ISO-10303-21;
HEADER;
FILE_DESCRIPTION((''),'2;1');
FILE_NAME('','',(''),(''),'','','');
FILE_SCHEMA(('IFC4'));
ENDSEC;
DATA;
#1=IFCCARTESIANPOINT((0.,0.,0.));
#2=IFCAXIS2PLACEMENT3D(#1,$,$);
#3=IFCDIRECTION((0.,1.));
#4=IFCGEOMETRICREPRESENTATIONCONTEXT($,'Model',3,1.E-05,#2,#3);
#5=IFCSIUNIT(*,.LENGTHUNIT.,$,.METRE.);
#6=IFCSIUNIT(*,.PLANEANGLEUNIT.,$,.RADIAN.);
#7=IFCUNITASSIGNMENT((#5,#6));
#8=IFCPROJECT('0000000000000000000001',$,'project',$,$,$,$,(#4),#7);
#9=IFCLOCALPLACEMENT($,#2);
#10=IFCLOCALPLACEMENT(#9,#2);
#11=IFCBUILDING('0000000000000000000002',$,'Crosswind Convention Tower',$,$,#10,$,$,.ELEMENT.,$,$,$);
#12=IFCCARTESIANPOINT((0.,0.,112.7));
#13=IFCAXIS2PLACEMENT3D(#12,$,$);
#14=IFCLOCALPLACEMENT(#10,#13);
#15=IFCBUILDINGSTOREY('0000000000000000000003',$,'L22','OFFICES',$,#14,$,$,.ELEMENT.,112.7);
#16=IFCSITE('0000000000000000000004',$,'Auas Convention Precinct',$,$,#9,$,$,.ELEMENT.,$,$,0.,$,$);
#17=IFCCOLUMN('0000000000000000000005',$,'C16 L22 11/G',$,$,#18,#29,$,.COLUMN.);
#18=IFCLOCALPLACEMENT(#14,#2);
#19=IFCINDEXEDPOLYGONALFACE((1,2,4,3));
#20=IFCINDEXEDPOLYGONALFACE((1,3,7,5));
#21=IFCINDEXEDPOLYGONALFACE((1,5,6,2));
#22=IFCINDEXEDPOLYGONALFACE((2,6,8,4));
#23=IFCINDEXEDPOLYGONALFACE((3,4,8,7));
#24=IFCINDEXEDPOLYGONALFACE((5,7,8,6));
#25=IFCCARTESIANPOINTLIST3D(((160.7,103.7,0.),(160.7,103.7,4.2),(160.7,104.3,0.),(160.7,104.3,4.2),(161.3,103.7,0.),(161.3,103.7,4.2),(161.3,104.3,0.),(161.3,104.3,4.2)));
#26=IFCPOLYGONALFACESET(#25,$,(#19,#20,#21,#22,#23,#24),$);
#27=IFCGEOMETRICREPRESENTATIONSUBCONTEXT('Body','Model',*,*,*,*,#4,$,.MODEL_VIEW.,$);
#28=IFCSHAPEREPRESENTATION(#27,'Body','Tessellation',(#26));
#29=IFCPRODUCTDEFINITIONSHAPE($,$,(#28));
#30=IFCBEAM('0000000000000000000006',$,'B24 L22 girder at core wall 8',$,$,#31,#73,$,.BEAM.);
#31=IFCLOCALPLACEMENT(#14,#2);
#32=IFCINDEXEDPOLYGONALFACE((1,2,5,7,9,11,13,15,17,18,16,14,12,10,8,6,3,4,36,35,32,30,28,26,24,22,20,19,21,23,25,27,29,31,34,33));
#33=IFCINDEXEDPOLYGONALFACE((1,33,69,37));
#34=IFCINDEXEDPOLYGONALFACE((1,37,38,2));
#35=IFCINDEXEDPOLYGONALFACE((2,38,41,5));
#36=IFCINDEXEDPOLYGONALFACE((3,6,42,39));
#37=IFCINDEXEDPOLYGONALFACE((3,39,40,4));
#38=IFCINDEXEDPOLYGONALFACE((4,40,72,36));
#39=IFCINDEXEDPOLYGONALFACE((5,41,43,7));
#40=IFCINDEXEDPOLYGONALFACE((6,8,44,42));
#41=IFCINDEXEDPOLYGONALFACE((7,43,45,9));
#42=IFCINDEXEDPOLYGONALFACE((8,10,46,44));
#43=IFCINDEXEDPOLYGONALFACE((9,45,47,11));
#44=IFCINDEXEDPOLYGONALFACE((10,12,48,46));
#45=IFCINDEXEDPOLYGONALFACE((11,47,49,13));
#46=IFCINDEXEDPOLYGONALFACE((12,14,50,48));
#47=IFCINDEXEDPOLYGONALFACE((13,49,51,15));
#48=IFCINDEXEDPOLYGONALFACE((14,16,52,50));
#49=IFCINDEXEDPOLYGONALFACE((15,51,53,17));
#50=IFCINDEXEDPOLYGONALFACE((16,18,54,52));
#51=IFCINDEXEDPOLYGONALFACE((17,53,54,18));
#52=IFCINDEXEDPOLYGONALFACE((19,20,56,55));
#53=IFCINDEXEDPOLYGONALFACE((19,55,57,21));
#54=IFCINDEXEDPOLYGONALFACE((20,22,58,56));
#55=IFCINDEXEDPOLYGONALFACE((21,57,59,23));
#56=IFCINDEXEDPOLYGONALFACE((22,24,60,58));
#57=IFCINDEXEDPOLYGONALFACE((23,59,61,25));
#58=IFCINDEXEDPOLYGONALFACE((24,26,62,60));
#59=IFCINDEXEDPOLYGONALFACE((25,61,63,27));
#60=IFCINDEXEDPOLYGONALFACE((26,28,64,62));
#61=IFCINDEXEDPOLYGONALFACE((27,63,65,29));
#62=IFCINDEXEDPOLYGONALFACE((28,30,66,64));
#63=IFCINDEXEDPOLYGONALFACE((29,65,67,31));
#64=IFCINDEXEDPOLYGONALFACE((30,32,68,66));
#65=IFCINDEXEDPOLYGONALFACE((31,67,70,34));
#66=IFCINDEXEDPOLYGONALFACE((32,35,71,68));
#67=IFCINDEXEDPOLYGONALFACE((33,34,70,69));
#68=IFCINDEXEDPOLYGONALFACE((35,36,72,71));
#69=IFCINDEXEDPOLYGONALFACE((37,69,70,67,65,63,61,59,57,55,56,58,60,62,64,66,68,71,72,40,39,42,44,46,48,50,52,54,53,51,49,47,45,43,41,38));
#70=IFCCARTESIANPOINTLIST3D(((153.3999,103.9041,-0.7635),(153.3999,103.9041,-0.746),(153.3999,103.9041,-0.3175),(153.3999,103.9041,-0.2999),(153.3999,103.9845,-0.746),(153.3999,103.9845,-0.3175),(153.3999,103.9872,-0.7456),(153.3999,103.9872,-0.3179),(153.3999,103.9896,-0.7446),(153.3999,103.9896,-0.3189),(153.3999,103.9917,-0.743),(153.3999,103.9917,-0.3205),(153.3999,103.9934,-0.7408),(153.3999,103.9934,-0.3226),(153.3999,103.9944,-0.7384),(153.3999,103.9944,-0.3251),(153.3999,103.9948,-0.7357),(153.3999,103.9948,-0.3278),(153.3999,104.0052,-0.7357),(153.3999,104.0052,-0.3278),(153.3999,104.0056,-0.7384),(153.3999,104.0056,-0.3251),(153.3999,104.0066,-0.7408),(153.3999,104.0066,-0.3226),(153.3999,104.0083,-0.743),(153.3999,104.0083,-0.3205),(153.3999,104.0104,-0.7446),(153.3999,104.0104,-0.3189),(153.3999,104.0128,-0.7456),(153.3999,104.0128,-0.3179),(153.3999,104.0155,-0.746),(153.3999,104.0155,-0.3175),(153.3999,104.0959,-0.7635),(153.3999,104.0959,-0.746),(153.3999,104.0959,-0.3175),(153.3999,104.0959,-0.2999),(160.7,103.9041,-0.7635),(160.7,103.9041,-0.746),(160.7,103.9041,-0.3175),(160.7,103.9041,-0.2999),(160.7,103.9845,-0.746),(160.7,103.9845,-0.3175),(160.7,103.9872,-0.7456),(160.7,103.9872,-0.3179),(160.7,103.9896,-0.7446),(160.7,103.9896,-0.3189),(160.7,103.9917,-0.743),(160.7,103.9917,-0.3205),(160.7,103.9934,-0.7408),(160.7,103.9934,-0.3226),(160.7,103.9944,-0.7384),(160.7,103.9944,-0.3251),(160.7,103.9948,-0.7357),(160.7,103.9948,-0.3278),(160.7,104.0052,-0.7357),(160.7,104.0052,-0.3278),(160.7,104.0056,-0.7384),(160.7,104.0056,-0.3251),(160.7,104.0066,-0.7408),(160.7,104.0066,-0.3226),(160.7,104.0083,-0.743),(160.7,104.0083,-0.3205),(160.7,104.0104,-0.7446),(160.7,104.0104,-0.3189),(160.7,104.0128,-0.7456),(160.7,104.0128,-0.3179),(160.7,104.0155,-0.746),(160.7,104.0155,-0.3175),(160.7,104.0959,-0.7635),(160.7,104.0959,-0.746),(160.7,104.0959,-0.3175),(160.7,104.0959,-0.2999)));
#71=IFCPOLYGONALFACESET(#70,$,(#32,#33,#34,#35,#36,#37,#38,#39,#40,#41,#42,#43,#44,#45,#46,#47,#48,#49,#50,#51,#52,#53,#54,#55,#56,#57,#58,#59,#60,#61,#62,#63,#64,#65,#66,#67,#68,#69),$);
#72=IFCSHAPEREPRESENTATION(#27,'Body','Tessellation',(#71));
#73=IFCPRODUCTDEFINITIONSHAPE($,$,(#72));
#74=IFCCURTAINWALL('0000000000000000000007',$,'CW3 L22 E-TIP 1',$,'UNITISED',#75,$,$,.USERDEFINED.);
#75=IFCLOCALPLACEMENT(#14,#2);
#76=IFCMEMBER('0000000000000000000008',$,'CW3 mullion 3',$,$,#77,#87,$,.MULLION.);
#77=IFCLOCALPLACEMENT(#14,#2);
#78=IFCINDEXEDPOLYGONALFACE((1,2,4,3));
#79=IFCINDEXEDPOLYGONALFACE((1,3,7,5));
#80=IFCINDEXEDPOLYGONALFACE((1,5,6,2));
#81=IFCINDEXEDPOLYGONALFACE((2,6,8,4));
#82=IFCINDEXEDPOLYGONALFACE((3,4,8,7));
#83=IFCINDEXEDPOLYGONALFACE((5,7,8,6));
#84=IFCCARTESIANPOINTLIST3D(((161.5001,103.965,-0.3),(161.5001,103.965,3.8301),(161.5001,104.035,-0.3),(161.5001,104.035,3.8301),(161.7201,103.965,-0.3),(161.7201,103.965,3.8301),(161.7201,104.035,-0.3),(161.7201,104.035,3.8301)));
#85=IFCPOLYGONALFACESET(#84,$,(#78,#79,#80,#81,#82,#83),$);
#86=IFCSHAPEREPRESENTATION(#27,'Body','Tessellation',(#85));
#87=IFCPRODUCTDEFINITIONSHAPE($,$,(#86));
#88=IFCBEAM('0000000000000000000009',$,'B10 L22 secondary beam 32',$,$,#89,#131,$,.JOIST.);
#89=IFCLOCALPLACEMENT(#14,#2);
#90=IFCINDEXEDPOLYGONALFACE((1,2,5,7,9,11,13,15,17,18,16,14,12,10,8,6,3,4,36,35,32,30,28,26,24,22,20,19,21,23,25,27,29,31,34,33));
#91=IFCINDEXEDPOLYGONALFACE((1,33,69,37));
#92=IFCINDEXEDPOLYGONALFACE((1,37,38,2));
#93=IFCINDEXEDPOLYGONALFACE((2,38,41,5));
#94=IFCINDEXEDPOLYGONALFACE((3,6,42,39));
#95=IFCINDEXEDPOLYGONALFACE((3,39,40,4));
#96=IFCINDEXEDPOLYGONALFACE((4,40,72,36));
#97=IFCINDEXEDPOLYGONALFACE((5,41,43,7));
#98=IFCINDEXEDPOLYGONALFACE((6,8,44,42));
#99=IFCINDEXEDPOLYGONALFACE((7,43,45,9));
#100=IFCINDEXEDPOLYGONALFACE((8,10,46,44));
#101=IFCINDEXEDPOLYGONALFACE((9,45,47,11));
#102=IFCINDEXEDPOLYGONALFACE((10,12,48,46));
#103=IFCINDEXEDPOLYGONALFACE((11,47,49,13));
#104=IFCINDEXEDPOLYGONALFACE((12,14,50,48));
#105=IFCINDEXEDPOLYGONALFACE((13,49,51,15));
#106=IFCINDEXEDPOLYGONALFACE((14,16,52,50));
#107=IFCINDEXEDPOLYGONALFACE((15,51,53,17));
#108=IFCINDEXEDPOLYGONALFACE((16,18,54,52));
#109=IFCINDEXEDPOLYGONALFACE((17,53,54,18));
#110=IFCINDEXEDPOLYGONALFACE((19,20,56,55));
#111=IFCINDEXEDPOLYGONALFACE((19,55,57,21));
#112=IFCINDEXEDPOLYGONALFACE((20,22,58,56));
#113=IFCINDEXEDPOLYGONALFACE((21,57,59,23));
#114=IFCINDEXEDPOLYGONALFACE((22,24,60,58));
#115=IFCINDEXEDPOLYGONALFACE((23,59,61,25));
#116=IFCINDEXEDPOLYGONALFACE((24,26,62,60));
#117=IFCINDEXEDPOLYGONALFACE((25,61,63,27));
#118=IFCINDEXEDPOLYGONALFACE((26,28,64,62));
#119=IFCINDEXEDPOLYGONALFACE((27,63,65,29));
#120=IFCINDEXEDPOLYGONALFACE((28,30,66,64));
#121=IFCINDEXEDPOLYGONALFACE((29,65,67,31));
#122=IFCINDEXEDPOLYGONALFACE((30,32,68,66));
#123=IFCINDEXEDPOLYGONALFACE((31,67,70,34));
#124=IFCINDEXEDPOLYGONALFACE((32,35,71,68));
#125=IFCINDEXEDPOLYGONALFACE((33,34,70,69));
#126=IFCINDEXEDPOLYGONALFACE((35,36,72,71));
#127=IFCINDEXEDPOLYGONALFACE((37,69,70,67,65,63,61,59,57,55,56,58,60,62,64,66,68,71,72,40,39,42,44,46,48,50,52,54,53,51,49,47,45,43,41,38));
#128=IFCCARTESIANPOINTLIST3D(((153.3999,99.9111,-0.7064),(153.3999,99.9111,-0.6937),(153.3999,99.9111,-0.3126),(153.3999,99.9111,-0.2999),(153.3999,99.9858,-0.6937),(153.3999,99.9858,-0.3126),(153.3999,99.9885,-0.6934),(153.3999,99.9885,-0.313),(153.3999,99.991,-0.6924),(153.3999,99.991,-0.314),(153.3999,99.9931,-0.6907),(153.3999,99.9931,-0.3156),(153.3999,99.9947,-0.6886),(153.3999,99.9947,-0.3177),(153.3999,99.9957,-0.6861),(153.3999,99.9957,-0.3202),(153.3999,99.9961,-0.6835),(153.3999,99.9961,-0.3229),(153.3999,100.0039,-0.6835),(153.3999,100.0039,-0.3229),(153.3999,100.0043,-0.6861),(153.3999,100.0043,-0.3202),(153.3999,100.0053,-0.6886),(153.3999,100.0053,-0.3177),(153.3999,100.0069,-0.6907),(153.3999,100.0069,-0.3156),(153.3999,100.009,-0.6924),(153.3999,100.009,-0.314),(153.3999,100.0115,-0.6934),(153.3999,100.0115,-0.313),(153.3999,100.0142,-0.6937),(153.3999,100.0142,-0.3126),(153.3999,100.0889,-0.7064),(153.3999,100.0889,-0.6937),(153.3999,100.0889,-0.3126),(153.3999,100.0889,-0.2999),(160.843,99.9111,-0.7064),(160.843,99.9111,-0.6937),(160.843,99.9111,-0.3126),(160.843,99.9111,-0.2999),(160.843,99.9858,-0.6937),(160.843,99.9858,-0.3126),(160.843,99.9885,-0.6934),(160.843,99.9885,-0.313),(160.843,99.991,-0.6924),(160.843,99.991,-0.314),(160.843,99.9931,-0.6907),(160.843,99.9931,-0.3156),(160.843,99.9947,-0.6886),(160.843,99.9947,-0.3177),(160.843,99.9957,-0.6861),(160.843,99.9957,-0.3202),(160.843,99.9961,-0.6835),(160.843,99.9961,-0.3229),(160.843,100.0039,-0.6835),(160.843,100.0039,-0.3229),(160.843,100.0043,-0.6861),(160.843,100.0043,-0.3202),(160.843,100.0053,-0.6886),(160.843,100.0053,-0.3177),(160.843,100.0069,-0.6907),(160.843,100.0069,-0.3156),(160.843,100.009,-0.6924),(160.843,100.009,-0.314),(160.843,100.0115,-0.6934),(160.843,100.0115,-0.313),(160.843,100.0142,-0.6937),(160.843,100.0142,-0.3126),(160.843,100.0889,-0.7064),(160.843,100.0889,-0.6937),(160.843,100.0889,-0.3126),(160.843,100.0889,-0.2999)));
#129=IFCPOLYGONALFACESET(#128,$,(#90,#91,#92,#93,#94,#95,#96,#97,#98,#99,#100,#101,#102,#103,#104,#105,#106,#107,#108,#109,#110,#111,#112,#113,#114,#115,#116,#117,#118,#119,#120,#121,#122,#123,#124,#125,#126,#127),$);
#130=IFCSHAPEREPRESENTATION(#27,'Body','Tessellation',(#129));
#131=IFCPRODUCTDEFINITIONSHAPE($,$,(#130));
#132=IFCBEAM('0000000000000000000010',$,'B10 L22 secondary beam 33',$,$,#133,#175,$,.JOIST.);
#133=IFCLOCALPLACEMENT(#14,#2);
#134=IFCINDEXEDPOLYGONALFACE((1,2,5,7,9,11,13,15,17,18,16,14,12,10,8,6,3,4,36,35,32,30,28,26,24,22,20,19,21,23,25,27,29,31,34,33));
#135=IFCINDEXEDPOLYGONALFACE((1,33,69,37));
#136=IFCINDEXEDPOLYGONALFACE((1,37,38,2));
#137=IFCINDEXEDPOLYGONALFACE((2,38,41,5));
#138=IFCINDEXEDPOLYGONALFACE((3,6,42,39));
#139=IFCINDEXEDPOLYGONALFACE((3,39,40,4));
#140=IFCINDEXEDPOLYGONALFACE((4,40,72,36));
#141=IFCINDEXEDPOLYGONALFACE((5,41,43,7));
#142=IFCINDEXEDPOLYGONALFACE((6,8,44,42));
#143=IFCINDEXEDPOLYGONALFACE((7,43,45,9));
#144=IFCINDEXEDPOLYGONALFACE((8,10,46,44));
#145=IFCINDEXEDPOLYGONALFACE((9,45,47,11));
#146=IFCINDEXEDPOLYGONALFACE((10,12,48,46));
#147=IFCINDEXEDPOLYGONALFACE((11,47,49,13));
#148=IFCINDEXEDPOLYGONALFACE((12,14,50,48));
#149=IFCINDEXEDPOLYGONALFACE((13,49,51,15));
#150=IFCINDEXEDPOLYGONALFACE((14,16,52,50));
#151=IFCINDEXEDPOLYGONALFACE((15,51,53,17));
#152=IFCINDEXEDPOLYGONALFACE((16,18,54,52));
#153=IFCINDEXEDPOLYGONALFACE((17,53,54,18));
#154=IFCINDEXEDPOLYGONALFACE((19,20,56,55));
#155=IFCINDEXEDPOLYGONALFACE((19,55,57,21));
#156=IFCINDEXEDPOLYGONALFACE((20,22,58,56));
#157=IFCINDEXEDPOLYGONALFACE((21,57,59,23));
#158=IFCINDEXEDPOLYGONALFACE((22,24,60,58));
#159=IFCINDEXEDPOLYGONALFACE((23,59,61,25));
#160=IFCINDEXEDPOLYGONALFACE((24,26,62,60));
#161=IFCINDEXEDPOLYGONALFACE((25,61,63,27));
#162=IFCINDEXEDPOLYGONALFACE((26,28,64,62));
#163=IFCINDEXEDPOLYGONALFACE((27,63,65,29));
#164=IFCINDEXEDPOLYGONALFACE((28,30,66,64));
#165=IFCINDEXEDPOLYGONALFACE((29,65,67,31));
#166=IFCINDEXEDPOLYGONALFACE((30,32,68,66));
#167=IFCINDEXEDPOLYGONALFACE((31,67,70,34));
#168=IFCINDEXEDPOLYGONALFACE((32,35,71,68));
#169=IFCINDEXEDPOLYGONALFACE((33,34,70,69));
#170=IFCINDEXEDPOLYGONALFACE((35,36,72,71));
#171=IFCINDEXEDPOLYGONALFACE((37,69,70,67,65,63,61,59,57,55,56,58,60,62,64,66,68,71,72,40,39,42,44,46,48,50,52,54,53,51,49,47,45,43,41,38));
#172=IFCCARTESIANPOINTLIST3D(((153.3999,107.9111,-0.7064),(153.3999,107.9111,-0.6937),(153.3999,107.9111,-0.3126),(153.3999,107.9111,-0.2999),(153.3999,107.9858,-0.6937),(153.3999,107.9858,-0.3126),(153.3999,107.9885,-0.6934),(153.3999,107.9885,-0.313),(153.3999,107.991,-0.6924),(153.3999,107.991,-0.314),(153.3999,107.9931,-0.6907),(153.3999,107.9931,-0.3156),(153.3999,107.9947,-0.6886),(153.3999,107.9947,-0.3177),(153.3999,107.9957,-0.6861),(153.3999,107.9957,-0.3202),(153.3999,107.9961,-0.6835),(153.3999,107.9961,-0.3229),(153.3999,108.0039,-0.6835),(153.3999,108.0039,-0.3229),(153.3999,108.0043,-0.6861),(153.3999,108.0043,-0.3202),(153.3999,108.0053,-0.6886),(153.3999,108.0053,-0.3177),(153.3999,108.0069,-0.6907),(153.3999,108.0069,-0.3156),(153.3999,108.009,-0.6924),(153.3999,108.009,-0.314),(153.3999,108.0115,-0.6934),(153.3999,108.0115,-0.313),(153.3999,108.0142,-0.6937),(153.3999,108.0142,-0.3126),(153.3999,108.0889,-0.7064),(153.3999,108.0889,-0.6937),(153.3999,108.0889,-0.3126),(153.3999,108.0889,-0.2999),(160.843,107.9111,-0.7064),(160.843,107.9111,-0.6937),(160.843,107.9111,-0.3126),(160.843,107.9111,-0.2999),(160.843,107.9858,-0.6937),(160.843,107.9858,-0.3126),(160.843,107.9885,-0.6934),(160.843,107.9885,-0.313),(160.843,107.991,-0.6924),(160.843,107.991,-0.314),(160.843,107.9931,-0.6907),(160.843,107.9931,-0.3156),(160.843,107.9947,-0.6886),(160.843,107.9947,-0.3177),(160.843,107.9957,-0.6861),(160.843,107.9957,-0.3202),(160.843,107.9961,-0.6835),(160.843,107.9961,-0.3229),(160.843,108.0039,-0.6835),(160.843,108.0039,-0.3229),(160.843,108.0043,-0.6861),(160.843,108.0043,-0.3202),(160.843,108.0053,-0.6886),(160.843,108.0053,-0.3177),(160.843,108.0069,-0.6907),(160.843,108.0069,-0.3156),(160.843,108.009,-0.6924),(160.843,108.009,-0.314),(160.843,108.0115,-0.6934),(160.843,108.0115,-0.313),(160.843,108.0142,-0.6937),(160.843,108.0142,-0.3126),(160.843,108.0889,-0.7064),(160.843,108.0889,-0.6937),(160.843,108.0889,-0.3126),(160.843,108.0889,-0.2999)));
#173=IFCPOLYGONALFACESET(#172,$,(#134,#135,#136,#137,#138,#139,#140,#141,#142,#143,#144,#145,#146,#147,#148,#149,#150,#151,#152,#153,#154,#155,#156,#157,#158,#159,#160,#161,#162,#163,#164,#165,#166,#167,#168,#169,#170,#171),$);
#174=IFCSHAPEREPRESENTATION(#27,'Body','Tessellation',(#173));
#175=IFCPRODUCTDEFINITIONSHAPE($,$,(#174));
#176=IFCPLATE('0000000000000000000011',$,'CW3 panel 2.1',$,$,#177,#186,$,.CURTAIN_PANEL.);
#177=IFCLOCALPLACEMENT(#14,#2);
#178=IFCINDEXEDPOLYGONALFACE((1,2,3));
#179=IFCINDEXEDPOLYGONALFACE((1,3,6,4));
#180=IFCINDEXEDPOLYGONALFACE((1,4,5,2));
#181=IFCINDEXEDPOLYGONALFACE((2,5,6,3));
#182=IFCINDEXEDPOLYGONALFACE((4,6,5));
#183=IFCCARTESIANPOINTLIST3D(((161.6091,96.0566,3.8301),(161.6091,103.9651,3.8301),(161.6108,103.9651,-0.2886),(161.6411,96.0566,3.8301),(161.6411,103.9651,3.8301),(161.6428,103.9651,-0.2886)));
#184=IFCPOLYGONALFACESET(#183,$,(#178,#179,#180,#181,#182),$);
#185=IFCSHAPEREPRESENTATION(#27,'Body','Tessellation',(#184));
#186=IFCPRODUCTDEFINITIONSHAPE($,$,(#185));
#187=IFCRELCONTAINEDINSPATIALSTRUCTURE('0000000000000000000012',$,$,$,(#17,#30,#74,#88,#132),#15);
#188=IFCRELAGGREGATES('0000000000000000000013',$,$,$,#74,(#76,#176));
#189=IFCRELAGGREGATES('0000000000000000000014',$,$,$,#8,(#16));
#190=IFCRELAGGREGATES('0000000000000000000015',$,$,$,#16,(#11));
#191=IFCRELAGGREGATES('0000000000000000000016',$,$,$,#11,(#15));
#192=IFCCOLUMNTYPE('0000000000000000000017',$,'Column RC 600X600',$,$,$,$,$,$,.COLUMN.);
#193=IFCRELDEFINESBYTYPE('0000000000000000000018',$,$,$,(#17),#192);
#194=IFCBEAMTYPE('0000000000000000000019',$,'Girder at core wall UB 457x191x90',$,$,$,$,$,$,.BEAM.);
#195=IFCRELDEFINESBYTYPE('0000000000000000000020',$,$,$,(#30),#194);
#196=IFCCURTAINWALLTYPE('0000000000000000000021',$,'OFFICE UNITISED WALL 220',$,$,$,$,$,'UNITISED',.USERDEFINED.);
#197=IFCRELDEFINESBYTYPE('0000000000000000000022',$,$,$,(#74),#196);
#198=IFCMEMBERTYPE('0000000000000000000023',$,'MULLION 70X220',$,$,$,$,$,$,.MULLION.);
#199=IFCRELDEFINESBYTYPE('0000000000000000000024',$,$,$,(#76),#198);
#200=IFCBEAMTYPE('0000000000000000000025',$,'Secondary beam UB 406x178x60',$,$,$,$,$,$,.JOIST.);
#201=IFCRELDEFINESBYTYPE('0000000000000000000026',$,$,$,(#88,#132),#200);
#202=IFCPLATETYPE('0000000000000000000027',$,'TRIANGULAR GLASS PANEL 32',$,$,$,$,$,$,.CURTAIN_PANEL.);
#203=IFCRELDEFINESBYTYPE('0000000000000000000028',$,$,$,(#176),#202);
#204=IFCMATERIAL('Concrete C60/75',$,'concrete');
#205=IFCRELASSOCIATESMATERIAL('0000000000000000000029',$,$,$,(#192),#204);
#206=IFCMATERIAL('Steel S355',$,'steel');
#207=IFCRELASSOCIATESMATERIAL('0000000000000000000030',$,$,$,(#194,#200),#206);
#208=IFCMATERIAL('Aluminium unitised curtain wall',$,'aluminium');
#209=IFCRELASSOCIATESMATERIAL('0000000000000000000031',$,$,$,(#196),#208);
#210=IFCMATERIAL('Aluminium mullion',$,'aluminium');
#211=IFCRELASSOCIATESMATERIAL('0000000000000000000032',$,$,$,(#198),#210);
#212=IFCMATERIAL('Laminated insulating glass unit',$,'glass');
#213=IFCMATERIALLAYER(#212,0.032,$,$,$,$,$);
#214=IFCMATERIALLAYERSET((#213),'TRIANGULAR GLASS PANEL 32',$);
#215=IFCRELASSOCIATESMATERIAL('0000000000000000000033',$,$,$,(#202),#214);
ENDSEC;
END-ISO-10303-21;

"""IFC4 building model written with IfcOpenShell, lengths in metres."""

from ifc_helpers import new_model, si_unit, direction, frame, origin, origin_2d, place, context, subcontext, project, spatial, polyline, rectangle, i_section, outline, extrude, material, layer, layer_set, material_profile, profile_set, type_object, element, aggregate, save


model = new_model("IFC4")

# Units and contexts
model_context = context("Model", 3, precision=1e-05, world=origin(), true_north=direction((0.0, 1.0)))
body_context = subcontext(model_context, "Body", "Model", "MODEL_VIEW")
ifc_project = project(units=[si_unit("LENGTHUNIT", "METRE"), si_unit("PLANEANGLEUNIT", "RADIAN")], contexts=[model_context])

# Site, building, storey
site_placement = place(None, origin())
site = spatial("IfcSite", under=ifc_project, at=site_placement, Name="Auas Convention Precinct", CompositionType="ELEMENT", RefElevation=0.0)
building_placement = place(site_placement, origin())
building = spatial("IfcBuilding", under=site, at=building_placement, Name="Crosswind Convention Tower", CompositionType="ELEMENT")
storey_placement = place(building_placement, frame((0.0, 0.0, 112.7)))
storey = spatial("IfcBuildingStorey", under=building, at=storey_placement, Name="L22", Description="OFFICES", CompositionType="ELEMENT", Elevation=112.7)

# Column
ifc_material_1 = material(Name="Concrete C60/75", Category="concrete")
ifc_material_profile_1 = material_profile(ifc_material_1, rectangle(XDim=0.6001, YDim=0.6001, at=origin_2d()), Name="RC 600X600")
ifc_profile_set_1 = profile_set([ifc_material_profile_1], Name="Concrete C60/75")
column_type = type_object("IfcColumnType", Name="Column RC 600X600", PredefinedType="COLUMN", material=ifc_profile_set_1)
column_placement = place(storey_placement, frame((161.0, 104.0, 0.0), z_axis=(0.0, 0.0, 1.0), x_axis=(1.0, 0.0, 0.0)))
element("IfcColumn", 1, at=column_placement, inside=storey, type_object=column_type, Name="C16 L22 11/G", PredefinedType="COLUMN", context=body_context, shape_type="SweptSolid", body=[
    extrude(rectangle(XDim=0.6001, YDim=0.6001, at=origin_2d()), origin(), (0.0, 0.0, 1.0), 4.2),
])

# Beam
ifc_material_2 = material(Name="Steel S355", Category="steel")
ifc_material_profile_2 = material_profile(ifc_material_2, i_section(OverallWidth=0.1919, OverallDepth=0.4636, WebThickness=0.0105, FlangeThickness=0.0176, FilletRadius=0.0103, at=origin_2d()), Name="UB 457x191x90")
ifc_profile_set_2 = profile_set([ifc_material_profile_2], Name="Steel S355")
beam_type_1 = type_object("IfcBeamType", Name="Girder at core wall UB 457x191x90", PredefinedType="BEAM", material=ifc_profile_set_2)
beam_placement = place(storey_placement, frame((153.3999, 104.0, -0.5317), z_axis=(1.0, 0.0, 0.0), x_axis=(0.0, 1.0, 0.0)))
element("IfcBeam", 2, at=beam_placement, inside=storey, type_object=beam_type_1, Name="B24 L22 girder at core wall 8", PredefinedType="BEAM", context=body_context, shape_type="SweptSolid", body=[
    extrude(i_section(OverallWidth=0.1919, OverallDepth=0.4636, WebThickness=0.0105, FlangeThickness=0.0176, FilletRadius=0.0103, at=origin_2d()), origin(), (0.0, 0.0, 1.0), 7.3),
])

# Curtain wall, member
ifc_material_3 = material(Name="Aluminium unitised curtain wall", Category="aluminium")
curtain_wall_type = type_object("IfcCurtainWallType", Name="OFFICE UNITISED WALL 220", ElementType="UNITISED", PredefinedType="USERDEFINED", material=ifc_material_3)
curtain_wall_placement = place(storey_placement, origin())
curtain_wall = element("IfcCurtainWall", 3, at=curtain_wall_placement, inside=storey, type_object=curtain_wall_type, Name="CW3 L22 E-TIP 1", ObjectType="UNITISED", PredefinedType="USERDEFINED")
ifc_material_4 = material(Name="Aluminium mullion", Category="aluminium")
ifc_material_profile_3 = material_profile(ifc_material_4, rectangle(XDim=0.22, YDim=0.0701, at=origin_2d()), Name="AL 220X70")
ifc_profile_set_3 = profile_set([ifc_material_profile_3], Name="Aluminium mullion")
member_type = type_object("IfcMemberType", Name="MULLION 70X220", PredefinedType="MULLION", material=ifc_profile_set_3)
member_placement = place(storey_placement, frame((161.6101, 104.0, -0.3), z_axis=(0.0, 0.0, 1.0), x_axis=(1.0, 0.0, 0.0)))
member = element("IfcMember", 4, at=member_placement, type_object=member_type, Name="CW3 mullion 3", PredefinedType="MULLION", context=body_context, shape_type="SweptSolid", body=[
    extrude(rectangle(XDim=0.22, YDim=0.0701, at=origin_2d()), origin(), (0.0, 0.0, 1.0), 4.1301),
])

# Beams
ifc_material_profile_4 = material_profile(ifc_material_2, i_section(OverallWidth=0.1777, OverallDepth=0.4065, WebThickness=0.0078, FlangeThickness=0.0127, FilletRadius=0.0103, at=origin_2d()), Name="UB 406x178x60")
ifc_profile_set_4 = profile_set([ifc_material_profile_4], Name="Steel S355")
beam_type_2 = type_object("IfcBeamType", Name="Secondary beam UB 406x178x60", PredefinedType="JOIST", material=ifc_profile_set_4)
for number, where, z_axis, x_axis, name in (
    (5, (153.3999, 100.0, -0.5032), (1.0, 0.0, 0.0), (0.0, 1.0, 0.0), "B10 L22 secondary beam 32"),
    (6, (153.3999, 108.0, -0.5032), (1.0, 0.0, 0.0), (0.0, 1.0, 0.0), "B10 L22 secondary beam 33"),
):
    element("IfcBeam", number, at=place(storey_placement, frame(where, z_axis=z_axis, x_axis=x_axis)), inside=storey, type_object=beam_type_2, Name=name, PredefinedType="JOIST", context=body_context, shape_type="SweptSolid", body=[
        extrude(i_section(OverallWidth=0.1777, OverallDepth=0.4065, WebThickness=0.0078, FlangeThickness=0.0127, FilletRadius=0.0103, at=origin_2d()), origin(), (0.0, 0.0, 1.0), 7.4431),
    ])

# Plate
ifc_material_5 = material(Name="Laminated insulating glass unit", Category="glass")
ifc_layer_1 = layer(ifc_material_5, 0.032)
ifc_layer_set_1 = layer_set([ifc_layer_1], Name="TRIANGULAR GLASS PANEL 32")
plate_type = type_object("IfcPlateType", Name="TRIANGULAR GLASS PANEL 32", PredefinedType="CURTAIN_PANEL", material=ifc_layer_set_1)
plate_1_placement = place(storey_placement, frame((161.6411, 103.9651, 3.8301), z_axis=(1.0, 0.0, 0.000415), x_axis=(0.0, -1.0, 0.0)))
plate_1 = element("IfcPlate", 7, at=plate_1_placement, type_object=plate_type, Name="CW3 panel 2.1", PredefinedType="CURTAIN_PANEL", context=body_context, shape_type="SweptSolid", body=[
    extrude(outline(polyline([(0.0, 0.0), (7.9084, 0.0), (0.0, 4.1187), (0.0, 0.0)])), origin(), (0.0, 0.0, -1.0), 0.032),
])
aggregate(curtain_wall, [member, plate_1])

save(model, "model.ifc")
